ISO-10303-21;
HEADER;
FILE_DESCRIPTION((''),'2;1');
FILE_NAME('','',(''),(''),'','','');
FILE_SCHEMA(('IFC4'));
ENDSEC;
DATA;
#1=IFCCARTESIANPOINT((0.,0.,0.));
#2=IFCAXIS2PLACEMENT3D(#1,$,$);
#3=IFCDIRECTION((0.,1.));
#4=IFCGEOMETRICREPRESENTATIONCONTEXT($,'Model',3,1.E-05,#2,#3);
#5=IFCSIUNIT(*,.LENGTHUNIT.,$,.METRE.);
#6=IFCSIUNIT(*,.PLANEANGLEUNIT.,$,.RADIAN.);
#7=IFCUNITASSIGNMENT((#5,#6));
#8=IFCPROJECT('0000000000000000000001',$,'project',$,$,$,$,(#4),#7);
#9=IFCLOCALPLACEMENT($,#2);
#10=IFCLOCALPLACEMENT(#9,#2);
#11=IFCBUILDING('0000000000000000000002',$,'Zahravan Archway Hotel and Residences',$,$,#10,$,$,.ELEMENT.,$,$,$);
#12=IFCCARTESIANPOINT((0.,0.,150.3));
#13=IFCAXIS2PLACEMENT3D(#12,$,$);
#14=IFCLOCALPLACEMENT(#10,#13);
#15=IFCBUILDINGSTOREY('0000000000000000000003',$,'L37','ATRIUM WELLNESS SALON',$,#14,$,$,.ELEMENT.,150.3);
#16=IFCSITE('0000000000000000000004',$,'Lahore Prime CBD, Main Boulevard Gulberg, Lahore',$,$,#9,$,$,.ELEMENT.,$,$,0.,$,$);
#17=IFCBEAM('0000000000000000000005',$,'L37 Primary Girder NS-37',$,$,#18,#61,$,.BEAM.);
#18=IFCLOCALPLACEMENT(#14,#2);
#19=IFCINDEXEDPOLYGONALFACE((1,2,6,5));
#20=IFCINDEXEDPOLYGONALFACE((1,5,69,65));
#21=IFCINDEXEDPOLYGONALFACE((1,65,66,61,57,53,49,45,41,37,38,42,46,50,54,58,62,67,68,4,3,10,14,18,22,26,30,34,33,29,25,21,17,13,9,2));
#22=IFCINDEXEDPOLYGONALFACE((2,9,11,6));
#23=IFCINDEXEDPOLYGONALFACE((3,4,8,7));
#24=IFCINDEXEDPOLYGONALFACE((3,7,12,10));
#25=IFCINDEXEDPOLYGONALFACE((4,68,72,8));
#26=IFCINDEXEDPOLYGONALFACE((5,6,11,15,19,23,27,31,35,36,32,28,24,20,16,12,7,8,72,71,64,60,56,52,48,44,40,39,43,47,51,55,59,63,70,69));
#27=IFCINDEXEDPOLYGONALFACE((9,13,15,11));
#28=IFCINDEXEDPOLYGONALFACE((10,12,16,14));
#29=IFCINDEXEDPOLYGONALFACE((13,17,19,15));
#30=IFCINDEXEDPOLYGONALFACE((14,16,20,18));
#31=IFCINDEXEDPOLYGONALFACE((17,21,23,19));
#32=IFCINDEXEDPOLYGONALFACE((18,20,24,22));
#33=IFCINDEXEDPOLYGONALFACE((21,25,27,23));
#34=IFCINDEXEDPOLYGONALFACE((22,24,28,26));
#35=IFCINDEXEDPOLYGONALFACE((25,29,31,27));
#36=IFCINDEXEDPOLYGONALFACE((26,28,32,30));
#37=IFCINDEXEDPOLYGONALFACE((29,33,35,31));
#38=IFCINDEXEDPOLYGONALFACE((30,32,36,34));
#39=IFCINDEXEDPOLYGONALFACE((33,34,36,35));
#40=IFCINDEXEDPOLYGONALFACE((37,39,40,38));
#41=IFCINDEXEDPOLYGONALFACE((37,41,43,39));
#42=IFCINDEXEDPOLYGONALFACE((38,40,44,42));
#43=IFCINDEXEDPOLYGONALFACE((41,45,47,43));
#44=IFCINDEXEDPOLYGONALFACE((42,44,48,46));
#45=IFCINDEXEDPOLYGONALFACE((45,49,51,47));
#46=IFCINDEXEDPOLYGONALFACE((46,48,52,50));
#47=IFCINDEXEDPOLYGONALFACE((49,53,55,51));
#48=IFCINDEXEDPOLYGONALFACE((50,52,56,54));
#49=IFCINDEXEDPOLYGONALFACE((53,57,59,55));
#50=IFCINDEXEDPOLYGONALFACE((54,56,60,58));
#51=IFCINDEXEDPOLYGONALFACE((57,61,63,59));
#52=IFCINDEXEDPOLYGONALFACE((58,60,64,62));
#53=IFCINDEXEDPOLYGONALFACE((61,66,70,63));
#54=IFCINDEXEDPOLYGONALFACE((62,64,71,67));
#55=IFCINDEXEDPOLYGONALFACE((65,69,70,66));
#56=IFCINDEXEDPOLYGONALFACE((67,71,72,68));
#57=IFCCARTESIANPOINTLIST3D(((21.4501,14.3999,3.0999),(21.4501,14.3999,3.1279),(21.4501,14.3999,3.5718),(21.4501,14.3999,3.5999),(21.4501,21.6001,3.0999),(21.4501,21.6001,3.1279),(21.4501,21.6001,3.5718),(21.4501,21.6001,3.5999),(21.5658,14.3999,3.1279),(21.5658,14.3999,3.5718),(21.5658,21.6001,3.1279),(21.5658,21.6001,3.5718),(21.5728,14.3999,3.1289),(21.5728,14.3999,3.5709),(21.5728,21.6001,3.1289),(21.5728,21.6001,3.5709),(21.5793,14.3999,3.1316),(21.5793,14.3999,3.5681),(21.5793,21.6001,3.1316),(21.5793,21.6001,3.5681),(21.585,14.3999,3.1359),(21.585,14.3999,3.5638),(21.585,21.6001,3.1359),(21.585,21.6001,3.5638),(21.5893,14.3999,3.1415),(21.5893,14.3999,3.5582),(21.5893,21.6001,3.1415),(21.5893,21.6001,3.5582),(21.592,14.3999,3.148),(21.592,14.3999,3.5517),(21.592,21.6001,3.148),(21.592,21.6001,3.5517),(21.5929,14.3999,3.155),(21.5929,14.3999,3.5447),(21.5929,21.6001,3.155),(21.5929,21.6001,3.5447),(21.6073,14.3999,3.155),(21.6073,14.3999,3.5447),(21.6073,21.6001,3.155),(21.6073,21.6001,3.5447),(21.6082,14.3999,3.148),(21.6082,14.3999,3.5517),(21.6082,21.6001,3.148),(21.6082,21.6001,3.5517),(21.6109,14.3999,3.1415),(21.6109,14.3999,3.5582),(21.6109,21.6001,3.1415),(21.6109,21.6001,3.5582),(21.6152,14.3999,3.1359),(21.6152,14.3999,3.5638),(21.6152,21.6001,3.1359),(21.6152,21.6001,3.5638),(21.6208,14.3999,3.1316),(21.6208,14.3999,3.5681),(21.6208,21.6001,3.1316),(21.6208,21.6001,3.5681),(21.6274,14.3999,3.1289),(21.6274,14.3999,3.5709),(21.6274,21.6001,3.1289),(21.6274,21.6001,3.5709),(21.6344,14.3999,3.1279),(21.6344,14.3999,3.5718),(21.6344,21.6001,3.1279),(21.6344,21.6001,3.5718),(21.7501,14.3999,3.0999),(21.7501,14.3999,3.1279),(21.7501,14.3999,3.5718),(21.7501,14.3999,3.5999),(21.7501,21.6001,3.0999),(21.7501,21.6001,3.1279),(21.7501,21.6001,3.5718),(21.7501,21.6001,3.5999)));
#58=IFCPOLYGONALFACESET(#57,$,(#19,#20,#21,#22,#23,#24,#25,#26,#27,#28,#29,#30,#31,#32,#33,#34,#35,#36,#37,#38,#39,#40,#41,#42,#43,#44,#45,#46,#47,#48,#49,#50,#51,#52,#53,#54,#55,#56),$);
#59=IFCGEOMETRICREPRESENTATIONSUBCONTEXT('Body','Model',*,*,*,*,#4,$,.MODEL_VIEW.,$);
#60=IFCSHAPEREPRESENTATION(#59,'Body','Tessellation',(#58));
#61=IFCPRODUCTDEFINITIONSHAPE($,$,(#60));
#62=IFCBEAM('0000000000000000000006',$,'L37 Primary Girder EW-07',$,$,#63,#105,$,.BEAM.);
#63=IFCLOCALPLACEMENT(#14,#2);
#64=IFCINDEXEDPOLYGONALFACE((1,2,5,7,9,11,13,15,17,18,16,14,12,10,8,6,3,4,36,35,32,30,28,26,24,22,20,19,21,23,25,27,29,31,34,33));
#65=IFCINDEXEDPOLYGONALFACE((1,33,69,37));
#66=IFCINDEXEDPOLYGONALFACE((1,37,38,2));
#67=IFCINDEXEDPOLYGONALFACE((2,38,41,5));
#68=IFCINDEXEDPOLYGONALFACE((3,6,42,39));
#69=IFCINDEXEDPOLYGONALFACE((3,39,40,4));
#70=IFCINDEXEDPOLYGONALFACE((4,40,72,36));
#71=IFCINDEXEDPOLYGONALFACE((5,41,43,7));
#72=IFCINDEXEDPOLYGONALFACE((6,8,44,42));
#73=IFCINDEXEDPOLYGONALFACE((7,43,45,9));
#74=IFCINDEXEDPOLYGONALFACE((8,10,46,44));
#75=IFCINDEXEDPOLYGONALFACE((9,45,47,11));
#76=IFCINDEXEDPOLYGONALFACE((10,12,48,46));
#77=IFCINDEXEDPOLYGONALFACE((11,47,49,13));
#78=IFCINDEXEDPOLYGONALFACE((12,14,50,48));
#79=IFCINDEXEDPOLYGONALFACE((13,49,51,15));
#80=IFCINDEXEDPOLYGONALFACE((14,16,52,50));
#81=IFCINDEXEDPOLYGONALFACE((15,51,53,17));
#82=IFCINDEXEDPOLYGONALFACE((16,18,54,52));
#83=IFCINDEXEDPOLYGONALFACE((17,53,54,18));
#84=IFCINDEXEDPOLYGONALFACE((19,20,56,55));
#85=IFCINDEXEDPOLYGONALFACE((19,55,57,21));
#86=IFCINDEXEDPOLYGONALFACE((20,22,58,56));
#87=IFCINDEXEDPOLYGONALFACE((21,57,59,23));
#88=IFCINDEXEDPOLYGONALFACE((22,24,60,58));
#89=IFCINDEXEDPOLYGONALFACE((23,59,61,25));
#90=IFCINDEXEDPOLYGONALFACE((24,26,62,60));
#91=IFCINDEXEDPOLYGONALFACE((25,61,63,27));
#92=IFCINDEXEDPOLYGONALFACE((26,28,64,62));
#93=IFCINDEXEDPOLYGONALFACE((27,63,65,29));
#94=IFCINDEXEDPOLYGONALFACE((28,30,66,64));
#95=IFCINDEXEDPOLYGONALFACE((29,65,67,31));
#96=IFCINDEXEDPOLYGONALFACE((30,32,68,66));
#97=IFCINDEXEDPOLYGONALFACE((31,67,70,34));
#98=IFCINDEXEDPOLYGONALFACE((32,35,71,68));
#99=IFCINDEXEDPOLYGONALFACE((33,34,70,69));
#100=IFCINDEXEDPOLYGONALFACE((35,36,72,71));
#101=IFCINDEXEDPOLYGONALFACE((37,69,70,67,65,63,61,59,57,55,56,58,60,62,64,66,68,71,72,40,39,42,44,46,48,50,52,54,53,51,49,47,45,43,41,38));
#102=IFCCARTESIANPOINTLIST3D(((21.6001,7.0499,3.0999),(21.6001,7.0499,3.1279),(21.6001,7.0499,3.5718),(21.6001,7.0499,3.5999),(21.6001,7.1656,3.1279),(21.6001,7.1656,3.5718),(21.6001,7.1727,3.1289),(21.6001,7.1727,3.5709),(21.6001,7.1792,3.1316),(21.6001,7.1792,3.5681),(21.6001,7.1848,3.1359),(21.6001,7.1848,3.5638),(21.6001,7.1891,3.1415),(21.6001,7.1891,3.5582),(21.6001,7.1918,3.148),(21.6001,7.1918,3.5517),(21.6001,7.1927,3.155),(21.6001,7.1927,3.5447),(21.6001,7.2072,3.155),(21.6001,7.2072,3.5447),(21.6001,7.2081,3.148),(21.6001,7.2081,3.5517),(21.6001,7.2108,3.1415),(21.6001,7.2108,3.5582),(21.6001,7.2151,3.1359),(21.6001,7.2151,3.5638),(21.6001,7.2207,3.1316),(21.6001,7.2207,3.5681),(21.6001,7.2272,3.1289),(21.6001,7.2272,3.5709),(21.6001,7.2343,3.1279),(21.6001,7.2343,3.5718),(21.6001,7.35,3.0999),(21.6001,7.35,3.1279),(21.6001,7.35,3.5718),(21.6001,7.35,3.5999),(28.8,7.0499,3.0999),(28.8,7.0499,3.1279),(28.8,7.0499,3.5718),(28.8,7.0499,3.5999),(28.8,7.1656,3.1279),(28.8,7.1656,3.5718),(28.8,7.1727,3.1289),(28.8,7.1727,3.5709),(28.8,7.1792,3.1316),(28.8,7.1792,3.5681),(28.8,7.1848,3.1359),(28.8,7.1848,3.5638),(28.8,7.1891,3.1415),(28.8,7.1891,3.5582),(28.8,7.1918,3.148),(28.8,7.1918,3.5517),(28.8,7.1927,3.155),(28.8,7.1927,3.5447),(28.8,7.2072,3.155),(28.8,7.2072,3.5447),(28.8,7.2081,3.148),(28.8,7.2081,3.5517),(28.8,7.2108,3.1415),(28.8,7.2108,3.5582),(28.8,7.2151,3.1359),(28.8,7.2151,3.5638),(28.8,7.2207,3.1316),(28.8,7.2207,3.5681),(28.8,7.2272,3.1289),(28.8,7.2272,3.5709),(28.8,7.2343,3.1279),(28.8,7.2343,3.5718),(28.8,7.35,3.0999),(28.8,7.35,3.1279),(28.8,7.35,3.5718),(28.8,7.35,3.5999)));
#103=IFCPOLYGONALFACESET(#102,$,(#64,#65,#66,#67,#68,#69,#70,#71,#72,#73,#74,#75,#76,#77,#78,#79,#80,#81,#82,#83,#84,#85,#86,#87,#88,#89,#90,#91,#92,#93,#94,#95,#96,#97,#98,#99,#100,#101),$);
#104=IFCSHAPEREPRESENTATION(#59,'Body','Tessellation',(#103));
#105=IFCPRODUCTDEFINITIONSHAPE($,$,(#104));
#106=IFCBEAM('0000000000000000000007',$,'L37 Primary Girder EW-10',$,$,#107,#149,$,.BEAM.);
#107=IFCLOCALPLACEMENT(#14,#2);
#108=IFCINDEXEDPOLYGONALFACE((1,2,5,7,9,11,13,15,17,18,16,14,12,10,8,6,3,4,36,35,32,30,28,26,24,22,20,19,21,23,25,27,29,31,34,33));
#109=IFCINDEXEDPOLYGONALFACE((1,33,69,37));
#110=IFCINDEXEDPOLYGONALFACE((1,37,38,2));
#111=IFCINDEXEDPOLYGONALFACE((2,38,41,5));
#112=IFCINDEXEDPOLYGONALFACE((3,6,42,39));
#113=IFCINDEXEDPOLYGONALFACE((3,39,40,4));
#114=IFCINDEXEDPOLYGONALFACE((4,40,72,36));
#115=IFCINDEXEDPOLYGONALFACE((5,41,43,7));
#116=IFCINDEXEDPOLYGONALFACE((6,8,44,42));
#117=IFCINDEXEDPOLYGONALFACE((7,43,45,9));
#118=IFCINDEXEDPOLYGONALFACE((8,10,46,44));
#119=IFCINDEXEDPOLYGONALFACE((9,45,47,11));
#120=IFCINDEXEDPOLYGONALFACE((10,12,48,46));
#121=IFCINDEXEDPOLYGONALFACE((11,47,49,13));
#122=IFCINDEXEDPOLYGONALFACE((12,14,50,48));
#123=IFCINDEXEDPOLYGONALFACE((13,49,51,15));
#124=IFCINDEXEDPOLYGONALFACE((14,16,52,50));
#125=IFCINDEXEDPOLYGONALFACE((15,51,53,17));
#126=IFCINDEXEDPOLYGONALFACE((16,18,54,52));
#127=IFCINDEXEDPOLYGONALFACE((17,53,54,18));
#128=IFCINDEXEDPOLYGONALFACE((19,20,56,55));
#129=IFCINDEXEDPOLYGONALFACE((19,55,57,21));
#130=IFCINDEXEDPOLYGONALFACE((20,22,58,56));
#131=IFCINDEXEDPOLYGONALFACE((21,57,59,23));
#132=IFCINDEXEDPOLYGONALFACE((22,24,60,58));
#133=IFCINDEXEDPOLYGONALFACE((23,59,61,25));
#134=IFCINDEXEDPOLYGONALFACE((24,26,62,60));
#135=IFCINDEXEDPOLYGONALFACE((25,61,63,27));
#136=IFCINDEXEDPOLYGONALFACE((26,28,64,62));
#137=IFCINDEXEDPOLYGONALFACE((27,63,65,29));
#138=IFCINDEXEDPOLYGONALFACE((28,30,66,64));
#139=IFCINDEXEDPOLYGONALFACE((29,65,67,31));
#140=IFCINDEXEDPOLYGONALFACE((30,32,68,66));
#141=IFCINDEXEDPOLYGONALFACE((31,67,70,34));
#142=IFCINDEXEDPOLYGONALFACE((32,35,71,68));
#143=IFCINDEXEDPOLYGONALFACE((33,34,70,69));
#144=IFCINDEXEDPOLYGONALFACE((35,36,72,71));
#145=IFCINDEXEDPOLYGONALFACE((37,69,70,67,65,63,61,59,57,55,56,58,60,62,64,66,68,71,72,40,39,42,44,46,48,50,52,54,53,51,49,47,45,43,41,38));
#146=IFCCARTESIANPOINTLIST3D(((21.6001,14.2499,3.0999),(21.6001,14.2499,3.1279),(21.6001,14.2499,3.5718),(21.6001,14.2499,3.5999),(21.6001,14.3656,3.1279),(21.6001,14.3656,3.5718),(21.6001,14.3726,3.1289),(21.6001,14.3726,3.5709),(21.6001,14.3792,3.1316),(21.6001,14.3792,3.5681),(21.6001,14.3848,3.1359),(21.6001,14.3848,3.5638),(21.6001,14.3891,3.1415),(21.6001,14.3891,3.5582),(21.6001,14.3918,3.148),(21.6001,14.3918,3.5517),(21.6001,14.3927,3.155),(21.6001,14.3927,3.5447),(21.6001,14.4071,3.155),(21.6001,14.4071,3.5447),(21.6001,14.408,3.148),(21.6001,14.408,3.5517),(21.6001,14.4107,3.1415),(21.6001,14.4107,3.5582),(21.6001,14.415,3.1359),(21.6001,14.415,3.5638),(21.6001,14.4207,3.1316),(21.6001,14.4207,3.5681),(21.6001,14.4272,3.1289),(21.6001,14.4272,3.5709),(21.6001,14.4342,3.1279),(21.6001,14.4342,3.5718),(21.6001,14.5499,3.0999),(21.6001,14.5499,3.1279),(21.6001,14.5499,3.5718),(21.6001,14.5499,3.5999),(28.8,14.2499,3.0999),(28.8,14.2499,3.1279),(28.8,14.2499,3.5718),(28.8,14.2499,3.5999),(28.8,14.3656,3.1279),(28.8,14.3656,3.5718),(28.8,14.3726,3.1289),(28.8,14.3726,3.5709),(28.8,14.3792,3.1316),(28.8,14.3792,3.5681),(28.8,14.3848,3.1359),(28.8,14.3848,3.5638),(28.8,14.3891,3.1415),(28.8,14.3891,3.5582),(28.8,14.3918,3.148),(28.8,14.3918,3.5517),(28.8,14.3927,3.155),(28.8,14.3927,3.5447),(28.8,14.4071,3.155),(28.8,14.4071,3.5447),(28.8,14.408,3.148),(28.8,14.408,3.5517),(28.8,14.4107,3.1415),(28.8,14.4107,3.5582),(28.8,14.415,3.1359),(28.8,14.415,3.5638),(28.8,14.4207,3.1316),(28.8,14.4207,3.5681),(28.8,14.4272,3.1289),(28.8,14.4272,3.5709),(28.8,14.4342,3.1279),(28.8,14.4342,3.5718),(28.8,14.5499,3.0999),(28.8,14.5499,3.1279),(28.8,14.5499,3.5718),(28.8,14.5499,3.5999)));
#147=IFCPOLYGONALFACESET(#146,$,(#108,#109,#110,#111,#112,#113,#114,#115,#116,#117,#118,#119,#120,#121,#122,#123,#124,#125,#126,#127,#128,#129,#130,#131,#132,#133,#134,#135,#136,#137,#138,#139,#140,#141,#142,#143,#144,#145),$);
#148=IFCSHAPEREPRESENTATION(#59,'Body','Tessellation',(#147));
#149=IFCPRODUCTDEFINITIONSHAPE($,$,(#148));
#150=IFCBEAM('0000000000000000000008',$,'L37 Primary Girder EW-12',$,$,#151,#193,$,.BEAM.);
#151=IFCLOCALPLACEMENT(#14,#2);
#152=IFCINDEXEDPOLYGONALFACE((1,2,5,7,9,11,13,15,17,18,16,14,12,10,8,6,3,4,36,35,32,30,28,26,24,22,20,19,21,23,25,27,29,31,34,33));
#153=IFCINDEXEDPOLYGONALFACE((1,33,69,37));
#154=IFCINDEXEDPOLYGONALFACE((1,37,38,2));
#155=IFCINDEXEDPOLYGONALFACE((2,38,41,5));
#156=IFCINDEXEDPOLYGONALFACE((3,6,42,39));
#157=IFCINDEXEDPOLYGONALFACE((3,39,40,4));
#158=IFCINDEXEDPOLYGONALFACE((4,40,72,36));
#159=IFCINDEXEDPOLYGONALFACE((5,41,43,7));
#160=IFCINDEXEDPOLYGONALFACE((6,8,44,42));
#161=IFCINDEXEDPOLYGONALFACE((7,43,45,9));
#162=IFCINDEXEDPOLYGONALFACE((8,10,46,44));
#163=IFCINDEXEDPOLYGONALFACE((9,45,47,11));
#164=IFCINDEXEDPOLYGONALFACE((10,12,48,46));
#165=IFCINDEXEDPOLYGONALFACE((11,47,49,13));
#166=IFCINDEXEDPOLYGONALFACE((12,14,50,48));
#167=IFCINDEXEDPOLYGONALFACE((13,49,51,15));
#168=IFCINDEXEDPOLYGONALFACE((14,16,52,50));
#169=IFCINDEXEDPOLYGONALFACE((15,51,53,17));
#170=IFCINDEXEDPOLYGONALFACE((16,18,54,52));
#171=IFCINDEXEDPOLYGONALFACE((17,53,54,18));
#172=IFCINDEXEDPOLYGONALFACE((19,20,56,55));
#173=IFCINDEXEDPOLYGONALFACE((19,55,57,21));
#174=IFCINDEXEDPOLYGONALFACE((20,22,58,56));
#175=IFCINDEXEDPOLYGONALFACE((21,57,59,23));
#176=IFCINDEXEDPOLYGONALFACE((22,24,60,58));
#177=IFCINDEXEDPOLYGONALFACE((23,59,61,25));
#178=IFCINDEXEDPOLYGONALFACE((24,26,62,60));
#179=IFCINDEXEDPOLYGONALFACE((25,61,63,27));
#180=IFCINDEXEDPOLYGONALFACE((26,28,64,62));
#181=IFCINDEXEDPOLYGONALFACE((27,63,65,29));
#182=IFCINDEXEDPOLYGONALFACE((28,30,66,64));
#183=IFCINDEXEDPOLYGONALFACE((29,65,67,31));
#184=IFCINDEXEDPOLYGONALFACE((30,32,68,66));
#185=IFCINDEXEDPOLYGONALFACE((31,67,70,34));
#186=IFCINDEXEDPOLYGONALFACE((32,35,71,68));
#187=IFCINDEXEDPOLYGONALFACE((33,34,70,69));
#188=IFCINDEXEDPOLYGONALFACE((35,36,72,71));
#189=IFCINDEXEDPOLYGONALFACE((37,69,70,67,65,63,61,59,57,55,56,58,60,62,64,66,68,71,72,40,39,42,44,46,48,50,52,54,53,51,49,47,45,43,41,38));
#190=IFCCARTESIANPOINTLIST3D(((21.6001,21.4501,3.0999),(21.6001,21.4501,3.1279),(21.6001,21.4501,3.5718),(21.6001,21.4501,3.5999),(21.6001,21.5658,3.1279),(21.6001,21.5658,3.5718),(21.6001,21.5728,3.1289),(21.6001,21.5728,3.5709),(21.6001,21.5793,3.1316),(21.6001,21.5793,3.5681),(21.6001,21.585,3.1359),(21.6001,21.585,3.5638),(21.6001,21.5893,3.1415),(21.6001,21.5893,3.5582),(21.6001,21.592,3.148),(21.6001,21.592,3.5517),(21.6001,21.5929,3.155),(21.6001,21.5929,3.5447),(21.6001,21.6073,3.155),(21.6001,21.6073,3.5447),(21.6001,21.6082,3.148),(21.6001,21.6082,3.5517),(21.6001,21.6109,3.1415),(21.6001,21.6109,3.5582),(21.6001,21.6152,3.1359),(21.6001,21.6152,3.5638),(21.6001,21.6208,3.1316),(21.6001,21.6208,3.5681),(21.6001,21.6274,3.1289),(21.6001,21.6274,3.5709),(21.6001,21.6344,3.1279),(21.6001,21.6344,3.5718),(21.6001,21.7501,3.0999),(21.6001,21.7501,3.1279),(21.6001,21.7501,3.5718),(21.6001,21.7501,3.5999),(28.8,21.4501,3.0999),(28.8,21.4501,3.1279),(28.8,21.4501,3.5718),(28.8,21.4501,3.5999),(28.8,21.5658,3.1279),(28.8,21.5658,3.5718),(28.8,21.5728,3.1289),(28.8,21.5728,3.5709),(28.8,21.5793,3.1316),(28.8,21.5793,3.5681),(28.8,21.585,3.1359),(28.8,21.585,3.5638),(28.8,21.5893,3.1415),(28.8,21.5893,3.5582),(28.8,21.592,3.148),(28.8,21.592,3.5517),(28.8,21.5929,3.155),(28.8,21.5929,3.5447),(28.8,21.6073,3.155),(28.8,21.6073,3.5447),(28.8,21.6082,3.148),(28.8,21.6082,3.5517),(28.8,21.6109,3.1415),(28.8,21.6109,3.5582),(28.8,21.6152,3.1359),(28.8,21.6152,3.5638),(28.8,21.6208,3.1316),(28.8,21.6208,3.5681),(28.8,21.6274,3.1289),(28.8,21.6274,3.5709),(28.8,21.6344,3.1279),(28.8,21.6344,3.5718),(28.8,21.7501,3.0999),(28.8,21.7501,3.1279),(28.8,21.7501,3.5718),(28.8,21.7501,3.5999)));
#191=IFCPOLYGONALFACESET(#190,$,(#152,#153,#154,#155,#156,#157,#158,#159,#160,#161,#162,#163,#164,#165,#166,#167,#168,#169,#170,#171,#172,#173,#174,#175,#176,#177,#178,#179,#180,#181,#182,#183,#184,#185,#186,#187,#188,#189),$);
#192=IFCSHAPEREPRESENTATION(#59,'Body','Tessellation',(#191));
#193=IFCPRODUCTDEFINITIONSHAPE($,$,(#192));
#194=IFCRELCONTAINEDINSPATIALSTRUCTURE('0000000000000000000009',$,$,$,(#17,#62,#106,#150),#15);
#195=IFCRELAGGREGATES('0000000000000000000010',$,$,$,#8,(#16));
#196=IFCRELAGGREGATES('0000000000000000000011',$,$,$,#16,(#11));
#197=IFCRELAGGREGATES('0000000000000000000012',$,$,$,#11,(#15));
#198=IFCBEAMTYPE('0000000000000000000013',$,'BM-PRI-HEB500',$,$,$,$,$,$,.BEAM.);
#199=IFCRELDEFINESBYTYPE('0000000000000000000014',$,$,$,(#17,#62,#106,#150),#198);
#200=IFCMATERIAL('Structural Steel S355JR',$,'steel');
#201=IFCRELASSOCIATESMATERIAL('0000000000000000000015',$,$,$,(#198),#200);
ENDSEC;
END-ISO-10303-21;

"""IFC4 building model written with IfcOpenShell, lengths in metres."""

from ifc_helpers import new_model, si_unit, direction, frame, origin, origin_2d, place, context, subcontext, project, spatial, i_section, extrude, source, transform, mapped, material, material_profile, profile_set, type_object, type_shapes, element, save


model = new_model("IFC4")

# Units and contexts
model_context = context("Model", 3, precision=1e-05, world=origin(), true_north=direction((0.0, 1.0)))
body_context = subcontext(model_context, "Body", "Model", "MODEL_VIEW")
ifc_project = project(units=[si_unit("LENGTHUNIT", "METRE"), si_unit("PLANEANGLEUNIT", "RADIAN")], contexts=[model_context])

# Site, building, storey
site_placement = place(None, origin())
site = spatial("IfcSite", under=ifc_project, at=site_placement, Name="Lahore Prime CBD, Main Boulevard Gulberg, Lahore", CompositionType="ELEMENT", RefElevation=0.0)
building_placement = place(site_placement, origin())
building = spatial("IfcBuilding", under=site, at=building_placement, Name="Zahravan Archway Hotel and Residences", CompositionType="ELEMENT")
storey_placement = place(building_placement, frame((0.0, 0.0, 150.3)))
storey = spatial("IfcBuildingStorey", under=building, at=storey_placement, Name="L37", Description="ATRIUM WELLNESS SALON", CompositionType="ELEMENT", Elevation=150.3)

# Beams
ifc_material_1 = material(Name="Structural Steel S355JR", Category="steel")
ifc_material_profile_1 = material_profile(ifc_material_1, i_section(OverallWidth=0.3, OverallDepth=0.5, WebThickness=0.0144, FlangeThickness=0.0281, FilletRadius=0.0271, at=origin_2d()), Name="HEB 500", Category="steel")
ifc_profile_set_1 = profile_set([ifc_material_profile_1], Name="Structural Steel S355JR")
beam_type_1 = type_object("IfcBeamType", Name="BM-PRI-HEB500", PredefinedType="BEAM", material=ifc_profile_set_1)
shared_shape_1 = source(origin(), body_context, "Body", "SweptSolid", [
    extrude(i_section(OverallWidth=0.3, OverallDepth=0.5, WebThickness=0.0144, FlangeThickness=0.0281, FilletRadius=0.0271, at=origin_2d()), origin(), (0.0, 0.0, 1.0), 7.2002),
])
type_shapes(beam_type_1, [shared_shape_1])
for number, where, z_axis, x_axis, name in (
    (1, (21.6001, 14.3999, 3.3499), (0.0, 1.0, 0.0), (-1.0, 0.0, 0.0), "L37 Primary Girder NS-37"),
):
    element("IfcBeam", number, at=place(storey_placement, frame(where, z_axis=z_axis, x_axis=x_axis)), inside=storey, type_object=beam_type_1, Name=name, PredefinedType="BEAM", context=body_context, shape_type="MappedRepresentation", body=[
        mapped(shared_shape_1, transform((0.0, 0.0, 0.0), scale=1.0)),
    ])
shared_shape_2 = source(origin(), body_context, "Body", "SweptSolid", [
    extrude(i_section(OverallWidth=0.3, OverallDepth=0.5, WebThickness=0.0144, FlangeThickness=0.0281, FilletRadius=0.0271, at=origin_2d()), origin(), (0.0, 0.0, 1.0), 7.2),
])
for number, where, z_axis, x_axis, name in (
    (2, (21.6001, 7.2, 3.3499), (1.0, 0.0, 0.0), (0.0, 1.0, 0.0), "L37 Primary Girder EW-07"),
    (3, (21.6001, 14.3999, 3.3499), (1.0, 0.0, 0.0), (0.0, 1.0, 0.0), "L37 Primary Girder EW-10"),
    (4, (21.6001, 21.6001, 3.3499), (1.0, 0.0, 0.0), (0.0, 1.0, 0.0), "L37 Primary Girder EW-12"),
):
    element("IfcBeam", number, at=place(storey_placement, frame(where, z_axis=z_axis, x_axis=x_axis)), inside=storey, type_object=beam_type_1, Name=name, PredefinedType="BEAM", context=body_context, shape_type="MappedRepresentation", body=[
        mapped(shared_shape_2, transform((0.0, 0.0, 0.0), scale=1.0)),
    ])

save(model, "model.ifc")
